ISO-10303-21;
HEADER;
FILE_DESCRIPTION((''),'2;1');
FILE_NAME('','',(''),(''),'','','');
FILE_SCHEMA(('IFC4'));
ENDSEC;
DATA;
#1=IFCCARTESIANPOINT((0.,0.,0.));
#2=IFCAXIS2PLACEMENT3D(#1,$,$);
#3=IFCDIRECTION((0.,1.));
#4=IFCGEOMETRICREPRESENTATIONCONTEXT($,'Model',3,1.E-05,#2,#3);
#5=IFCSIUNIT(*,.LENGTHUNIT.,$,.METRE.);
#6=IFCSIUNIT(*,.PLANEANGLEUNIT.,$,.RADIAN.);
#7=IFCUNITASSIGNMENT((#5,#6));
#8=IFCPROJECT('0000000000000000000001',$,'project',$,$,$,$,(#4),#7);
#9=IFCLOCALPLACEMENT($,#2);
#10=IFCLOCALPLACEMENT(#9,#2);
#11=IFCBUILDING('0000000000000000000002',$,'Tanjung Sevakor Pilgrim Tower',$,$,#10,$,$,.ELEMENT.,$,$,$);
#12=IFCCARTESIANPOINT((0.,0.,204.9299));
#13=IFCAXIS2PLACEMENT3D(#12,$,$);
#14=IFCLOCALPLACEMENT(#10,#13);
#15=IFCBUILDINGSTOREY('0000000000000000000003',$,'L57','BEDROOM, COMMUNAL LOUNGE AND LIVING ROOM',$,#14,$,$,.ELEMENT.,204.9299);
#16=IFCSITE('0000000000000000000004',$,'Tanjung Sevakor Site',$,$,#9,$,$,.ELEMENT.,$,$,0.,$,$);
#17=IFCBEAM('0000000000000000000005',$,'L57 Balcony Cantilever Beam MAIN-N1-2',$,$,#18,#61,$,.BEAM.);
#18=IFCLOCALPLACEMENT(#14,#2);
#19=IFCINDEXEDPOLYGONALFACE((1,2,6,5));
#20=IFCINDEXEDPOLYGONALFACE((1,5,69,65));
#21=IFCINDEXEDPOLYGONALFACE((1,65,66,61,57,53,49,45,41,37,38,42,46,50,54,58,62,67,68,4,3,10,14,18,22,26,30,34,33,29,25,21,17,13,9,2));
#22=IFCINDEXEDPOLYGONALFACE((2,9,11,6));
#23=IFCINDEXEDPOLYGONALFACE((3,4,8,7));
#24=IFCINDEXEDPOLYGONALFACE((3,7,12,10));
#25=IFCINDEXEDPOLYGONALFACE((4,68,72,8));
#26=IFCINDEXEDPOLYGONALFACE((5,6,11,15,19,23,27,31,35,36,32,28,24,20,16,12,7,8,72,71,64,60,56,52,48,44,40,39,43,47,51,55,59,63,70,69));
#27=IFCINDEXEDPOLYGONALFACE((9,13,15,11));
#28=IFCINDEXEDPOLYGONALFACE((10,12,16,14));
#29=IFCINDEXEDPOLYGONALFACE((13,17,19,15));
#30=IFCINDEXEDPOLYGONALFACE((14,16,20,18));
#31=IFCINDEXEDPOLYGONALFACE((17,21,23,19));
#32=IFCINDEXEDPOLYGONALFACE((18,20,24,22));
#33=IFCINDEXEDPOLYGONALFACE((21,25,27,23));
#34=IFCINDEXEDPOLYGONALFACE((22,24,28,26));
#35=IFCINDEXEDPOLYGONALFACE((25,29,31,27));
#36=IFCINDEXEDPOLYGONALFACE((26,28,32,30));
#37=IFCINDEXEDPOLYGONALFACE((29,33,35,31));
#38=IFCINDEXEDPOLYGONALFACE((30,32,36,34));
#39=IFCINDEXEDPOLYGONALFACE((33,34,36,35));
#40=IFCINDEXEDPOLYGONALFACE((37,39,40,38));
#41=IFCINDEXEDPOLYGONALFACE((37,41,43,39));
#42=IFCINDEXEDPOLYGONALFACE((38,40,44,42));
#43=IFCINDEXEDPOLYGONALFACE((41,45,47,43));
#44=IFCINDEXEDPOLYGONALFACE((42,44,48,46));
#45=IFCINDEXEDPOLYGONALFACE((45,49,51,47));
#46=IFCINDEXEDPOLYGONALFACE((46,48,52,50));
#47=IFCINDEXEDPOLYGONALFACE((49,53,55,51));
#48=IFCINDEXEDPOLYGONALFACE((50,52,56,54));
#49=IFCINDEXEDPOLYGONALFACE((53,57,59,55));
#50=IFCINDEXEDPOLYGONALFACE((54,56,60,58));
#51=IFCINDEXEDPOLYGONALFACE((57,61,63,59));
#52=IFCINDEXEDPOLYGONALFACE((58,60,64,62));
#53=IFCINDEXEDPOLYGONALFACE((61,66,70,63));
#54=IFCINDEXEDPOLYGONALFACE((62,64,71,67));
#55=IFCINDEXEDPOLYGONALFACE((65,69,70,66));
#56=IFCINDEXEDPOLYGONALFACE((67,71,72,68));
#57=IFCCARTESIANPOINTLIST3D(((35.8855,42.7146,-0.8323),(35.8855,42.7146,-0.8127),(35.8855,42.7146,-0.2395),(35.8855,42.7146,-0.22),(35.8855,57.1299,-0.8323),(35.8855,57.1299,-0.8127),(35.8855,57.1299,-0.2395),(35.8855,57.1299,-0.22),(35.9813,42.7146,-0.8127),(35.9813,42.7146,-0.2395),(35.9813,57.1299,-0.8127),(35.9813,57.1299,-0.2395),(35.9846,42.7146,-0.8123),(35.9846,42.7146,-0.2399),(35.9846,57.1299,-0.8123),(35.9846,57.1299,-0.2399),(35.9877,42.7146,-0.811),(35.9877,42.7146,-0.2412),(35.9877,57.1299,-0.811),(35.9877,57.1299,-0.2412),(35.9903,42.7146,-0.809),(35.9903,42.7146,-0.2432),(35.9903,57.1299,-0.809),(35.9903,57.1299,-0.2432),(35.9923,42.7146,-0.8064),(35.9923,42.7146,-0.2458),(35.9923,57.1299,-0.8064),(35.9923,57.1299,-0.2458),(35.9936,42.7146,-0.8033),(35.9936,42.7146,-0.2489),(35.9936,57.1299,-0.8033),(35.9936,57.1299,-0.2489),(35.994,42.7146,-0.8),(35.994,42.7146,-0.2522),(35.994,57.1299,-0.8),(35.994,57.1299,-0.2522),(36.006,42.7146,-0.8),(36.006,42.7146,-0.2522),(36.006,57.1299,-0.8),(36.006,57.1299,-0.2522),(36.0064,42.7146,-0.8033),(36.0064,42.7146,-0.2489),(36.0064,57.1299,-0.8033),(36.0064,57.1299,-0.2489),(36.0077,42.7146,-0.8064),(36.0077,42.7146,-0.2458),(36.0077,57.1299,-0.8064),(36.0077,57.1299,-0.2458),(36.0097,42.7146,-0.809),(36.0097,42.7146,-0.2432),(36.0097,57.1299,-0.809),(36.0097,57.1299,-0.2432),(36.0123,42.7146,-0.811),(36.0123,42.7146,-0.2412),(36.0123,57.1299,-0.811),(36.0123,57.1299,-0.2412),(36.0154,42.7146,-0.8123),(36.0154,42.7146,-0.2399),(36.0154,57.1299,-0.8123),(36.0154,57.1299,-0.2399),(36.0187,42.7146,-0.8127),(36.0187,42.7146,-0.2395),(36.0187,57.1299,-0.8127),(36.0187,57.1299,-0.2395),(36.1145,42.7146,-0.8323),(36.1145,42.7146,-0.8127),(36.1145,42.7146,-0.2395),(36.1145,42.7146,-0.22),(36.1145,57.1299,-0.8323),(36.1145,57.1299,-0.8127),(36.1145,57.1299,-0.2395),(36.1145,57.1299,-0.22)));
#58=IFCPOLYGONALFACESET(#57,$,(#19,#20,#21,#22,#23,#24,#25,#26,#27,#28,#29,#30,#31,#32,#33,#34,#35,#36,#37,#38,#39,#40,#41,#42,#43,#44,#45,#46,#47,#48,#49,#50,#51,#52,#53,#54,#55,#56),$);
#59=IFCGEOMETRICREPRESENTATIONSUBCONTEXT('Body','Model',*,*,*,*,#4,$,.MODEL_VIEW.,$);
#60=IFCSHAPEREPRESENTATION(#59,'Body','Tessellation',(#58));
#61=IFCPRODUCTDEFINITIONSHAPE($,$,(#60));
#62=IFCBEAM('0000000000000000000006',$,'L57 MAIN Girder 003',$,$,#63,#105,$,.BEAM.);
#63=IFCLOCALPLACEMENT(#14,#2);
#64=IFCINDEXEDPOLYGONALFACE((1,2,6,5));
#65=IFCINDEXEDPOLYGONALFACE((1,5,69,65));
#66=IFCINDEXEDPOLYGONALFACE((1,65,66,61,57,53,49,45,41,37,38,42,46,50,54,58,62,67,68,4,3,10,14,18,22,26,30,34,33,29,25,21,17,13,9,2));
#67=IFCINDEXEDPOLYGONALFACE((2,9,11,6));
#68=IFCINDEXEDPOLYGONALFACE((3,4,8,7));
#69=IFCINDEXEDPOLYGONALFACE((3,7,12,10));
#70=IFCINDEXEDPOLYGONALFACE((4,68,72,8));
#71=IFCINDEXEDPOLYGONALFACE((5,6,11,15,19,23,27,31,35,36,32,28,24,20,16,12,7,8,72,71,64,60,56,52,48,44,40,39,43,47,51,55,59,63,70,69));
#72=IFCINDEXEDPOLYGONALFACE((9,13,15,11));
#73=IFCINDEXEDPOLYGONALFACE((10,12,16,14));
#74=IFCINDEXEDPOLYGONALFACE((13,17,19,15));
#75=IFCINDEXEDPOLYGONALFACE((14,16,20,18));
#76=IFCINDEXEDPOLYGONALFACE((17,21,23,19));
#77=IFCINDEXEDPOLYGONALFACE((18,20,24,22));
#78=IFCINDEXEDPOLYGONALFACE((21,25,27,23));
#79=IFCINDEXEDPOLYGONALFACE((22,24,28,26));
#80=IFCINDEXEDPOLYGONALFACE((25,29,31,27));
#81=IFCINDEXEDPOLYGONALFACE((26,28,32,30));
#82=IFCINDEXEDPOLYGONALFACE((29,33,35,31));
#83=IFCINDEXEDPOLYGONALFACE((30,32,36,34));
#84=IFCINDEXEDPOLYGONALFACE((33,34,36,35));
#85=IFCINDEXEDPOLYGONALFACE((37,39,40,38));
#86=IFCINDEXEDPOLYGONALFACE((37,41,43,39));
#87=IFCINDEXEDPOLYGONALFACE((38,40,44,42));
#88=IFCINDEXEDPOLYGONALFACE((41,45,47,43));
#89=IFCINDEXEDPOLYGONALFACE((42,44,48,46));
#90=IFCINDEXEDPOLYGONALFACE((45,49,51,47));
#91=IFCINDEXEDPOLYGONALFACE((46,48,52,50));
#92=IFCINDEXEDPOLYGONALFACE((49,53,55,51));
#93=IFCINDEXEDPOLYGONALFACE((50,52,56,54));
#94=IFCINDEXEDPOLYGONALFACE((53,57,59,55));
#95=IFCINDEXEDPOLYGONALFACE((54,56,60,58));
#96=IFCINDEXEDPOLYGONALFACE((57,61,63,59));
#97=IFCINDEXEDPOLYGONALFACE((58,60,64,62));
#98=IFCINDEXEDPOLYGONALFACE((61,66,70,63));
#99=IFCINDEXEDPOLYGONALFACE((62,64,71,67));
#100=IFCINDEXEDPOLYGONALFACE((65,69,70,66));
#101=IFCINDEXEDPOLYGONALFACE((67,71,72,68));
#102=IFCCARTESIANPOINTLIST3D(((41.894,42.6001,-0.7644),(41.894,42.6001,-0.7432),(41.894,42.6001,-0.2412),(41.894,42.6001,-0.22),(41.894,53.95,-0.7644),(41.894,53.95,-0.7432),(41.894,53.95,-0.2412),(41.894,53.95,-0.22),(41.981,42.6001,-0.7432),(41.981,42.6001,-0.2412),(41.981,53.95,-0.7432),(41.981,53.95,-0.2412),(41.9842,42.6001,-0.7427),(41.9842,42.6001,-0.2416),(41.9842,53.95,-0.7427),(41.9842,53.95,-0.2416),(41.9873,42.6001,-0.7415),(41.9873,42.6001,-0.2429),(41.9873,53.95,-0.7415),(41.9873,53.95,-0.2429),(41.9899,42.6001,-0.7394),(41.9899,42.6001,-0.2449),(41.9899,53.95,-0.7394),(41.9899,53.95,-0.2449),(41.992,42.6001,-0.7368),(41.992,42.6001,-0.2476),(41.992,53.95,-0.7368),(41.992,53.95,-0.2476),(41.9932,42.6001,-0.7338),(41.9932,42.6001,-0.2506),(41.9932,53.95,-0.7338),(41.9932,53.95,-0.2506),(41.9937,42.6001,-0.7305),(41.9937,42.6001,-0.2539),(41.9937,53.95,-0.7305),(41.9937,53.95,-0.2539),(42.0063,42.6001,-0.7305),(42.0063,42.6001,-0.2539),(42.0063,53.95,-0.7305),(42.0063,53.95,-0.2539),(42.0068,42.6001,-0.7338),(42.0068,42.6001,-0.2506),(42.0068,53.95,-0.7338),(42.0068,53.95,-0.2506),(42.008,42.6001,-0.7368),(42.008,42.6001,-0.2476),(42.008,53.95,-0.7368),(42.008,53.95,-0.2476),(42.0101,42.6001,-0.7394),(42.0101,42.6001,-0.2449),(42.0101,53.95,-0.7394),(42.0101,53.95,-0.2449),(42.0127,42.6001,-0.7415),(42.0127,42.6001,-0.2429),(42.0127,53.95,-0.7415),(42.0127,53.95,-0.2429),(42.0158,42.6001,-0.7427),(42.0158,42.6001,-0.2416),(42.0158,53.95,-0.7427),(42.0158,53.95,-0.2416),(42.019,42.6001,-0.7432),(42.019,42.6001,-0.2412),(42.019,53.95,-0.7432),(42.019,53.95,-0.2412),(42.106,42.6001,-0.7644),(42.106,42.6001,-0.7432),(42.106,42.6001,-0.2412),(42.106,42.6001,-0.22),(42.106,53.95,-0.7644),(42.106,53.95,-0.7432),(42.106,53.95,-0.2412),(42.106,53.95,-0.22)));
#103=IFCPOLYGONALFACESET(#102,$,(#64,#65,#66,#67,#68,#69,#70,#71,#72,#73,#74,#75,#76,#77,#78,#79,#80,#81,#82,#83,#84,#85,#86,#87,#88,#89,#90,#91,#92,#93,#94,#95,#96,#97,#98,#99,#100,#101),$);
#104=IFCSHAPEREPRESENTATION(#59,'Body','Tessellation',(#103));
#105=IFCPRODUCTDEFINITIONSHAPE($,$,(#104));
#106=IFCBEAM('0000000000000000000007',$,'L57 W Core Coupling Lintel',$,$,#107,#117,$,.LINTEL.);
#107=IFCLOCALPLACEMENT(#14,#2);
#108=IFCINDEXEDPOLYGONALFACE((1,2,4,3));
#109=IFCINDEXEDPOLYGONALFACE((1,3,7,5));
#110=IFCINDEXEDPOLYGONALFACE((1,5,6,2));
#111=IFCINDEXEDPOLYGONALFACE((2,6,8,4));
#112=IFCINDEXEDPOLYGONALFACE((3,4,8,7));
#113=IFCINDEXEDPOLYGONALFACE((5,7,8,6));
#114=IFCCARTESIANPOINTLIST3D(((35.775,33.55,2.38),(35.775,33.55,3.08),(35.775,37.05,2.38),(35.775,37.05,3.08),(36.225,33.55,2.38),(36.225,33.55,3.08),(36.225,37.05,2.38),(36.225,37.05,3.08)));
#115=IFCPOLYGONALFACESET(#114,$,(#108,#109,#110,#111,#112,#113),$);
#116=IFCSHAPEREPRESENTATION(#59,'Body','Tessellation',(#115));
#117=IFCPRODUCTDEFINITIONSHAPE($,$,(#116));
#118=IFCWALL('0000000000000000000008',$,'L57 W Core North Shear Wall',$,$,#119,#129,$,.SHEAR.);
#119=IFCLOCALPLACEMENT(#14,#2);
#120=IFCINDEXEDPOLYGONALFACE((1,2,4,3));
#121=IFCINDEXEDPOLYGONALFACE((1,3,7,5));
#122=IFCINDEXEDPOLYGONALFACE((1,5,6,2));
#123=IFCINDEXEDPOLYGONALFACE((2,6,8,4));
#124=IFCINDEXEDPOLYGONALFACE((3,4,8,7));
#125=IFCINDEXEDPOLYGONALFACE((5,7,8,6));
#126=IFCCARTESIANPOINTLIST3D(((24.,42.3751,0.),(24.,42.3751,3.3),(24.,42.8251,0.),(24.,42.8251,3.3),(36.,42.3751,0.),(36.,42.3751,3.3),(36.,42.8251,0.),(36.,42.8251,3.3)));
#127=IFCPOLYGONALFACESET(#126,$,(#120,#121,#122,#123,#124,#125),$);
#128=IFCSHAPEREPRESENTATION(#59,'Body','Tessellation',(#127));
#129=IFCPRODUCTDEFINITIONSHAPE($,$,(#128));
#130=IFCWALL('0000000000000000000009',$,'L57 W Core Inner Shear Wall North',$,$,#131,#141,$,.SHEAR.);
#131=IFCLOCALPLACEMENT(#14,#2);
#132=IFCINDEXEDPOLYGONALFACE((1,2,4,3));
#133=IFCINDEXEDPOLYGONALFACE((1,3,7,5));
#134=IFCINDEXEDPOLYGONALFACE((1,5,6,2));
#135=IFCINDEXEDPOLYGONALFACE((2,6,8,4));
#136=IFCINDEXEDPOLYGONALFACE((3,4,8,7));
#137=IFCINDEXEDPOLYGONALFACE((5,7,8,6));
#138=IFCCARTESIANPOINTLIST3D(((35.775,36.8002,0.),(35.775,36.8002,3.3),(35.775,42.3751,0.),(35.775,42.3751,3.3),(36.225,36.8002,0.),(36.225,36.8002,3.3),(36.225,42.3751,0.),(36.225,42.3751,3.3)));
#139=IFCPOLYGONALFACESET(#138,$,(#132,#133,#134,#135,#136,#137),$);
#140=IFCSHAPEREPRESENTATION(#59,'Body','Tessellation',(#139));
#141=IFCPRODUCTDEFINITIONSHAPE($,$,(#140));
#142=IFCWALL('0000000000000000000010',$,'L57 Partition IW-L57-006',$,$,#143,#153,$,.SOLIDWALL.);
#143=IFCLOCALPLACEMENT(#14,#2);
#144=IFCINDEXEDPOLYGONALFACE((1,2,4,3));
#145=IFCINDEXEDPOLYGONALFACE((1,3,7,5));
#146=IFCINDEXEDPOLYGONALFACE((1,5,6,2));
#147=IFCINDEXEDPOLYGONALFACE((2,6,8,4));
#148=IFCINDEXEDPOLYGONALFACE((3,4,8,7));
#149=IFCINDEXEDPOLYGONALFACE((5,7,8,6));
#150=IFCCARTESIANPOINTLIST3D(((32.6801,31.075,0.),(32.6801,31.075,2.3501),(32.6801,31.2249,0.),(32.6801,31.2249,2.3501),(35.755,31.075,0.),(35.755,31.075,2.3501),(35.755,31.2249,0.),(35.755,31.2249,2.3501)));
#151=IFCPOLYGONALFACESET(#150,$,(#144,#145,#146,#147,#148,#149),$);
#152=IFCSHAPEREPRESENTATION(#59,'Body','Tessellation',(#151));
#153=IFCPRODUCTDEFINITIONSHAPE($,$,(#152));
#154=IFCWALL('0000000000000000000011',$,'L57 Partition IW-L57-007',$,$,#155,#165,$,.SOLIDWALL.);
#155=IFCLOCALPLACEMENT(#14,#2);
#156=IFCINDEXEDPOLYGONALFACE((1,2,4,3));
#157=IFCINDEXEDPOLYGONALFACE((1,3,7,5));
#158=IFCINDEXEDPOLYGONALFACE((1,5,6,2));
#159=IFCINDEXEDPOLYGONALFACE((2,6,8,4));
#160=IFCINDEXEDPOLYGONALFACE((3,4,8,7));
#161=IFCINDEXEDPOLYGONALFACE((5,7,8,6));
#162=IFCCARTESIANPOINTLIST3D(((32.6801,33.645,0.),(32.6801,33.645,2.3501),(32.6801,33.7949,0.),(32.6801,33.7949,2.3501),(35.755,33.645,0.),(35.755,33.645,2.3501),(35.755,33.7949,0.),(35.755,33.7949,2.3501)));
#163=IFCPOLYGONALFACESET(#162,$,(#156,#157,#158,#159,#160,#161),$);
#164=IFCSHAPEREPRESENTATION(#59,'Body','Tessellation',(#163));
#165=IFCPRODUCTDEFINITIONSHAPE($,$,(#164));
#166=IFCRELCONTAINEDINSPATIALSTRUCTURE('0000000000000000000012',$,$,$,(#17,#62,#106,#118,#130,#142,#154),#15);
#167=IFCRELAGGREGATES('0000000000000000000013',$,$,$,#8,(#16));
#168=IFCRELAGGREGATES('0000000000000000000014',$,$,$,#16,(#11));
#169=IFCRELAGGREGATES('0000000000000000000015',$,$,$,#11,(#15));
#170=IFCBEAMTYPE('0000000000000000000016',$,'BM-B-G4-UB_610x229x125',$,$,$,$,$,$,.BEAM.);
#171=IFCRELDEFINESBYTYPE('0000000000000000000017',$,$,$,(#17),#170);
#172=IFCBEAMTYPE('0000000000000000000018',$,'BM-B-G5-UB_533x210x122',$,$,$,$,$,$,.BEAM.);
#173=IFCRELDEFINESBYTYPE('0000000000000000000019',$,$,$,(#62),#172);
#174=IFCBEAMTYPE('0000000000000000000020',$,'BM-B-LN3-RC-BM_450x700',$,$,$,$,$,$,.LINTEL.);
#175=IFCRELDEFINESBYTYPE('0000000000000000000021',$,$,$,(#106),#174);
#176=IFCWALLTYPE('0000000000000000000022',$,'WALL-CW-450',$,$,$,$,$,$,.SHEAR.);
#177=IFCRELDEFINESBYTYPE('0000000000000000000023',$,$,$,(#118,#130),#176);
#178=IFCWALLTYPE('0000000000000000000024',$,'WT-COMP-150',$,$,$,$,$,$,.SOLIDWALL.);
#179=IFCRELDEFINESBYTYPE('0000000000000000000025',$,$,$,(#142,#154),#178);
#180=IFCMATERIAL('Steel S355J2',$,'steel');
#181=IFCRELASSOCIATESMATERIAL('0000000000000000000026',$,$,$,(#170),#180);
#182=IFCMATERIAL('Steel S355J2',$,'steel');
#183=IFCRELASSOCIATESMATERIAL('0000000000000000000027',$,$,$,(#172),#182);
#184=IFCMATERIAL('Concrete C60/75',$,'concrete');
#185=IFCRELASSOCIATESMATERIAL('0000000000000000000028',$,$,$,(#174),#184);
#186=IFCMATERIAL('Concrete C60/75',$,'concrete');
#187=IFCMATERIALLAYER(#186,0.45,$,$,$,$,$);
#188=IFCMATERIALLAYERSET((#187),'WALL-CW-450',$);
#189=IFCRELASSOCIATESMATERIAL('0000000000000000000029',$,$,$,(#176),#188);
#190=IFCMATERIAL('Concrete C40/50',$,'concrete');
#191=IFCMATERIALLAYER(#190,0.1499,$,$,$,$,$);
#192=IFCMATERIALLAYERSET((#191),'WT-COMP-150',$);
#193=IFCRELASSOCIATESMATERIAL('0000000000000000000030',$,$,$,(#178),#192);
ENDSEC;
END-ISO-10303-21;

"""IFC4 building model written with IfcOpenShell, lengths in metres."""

from ifc_helpers import new_model, si_unit, direction, frame, frame_2d, origin, origin_2d, place, context, subcontext, project, spatial, rectangle, i_section, extrude, material, layer, layer_set, material_profile, profile_set, type_object, element, save


model = new_model("IFC4")

# Units and contexts
model_context = context("Model", 3, precision=1e-05, world=origin(), true_north=direction((0.0, 1.0)))
body_context = subcontext(model_context, "Body", "Model", "MODEL_VIEW")
ifc_project = project(units=[si_unit("LENGTHUNIT", "METRE"), si_unit("PLANEANGLEUNIT", "RADIAN")], contexts=[model_context])

# Site, building, storey
site_placement = place(None, origin())
site = spatial("IfcSite", under=ifc_project, at=site_placement, Name="Tanjung Sevakor Site", CompositionType="ELEMENT", RefElevation=0.0)
building_placement = place(site_placement, origin())
building = spatial("IfcBuilding", under=site, at=building_placement, Name="Tanjung Sevakor Pilgrim Tower", CompositionType="ELEMENT")
storey_placement = place(building_placement, frame((0.0, 0.0, 204.9299)))
storey = spatial("IfcBuildingStorey", under=building, at=storey_placement, Name="L57", Description="BEDROOM, COMMUNAL LOUNGE AND LIVING ROOM", CompositionType="ELEMENT", Elevation=204.9299)

# Beams
ifc_material_1 = material(Name="Steel S355J2", Category="steel")
ifc_material_profile_1 = material_profile(ifc_material_1, i_section(OverallWidth=0.229, OverallDepth=0.6123, WebThickness=0.012, FlangeThickness=0.0195, FilletRadius=0.0127, at=origin_2d()))
ifc_profile_set_1 = profile_set([ifc_material_profile_1], Name="Steel S355J2")
beam_type_1 = type_object("IfcBeamType", Name="BM-B-G4-UB_610x229x125", PredefinedType="BEAM", material=ifc_profile_set_1)
beam_1_placement = place(storey_placement, frame((36.0, 42.7146, -0.5261), z_axis=(0.0, 1.0, 0.0), x_axis=(-1.0, 0.0, 0.0)))
element("IfcBeam", 1, at=beam_1_placement, inside=storey, type_object=beam_type_1, Name="L57 Balcony Cantilever Beam MAIN-N1-2", PredefinedType="BEAM", context=body_context, shape_type="SweptSolid", body=[
    extrude(i_section(OverallWidth=0.229, OverallDepth=0.6123, WebThickness=0.012, FlangeThickness=0.0195, FilletRadius=0.0127, at=origin_2d()), origin(), (0.0, 0.0, 1.0), 14.4153),
])
ifc_material_2 = material(Name="Steel S355J2", Category="steel")
ifc_material_profile_2 = material_profile(ifc_material_2, i_section(OverallWidth=0.2119, OverallDepth=0.5444, WebThickness=0.0127, FlangeThickness=0.0212, FilletRadius=0.0127, at=origin_2d()))
ifc_profile_set_2 = profile_set([ifc_material_profile_2], Name="Steel S355J2")
beam_type_2 = type_object("IfcBeamType", Name="BM-B-G5-UB_533x210x122", PredefinedType="BEAM", material=ifc_profile_set_2)
beam_2_placement = place(storey_placement, frame((42.0, 42.6001, -0.4922), z_axis=(0.0, 1.0, 0.0), x_axis=(-1.0, 0.0, 0.0)))
element("IfcBeam", 2, at=beam_2_placement, inside=storey, type_object=beam_type_2, Name="L57 MAIN Girder 003", PredefinedType="BEAM", context=body_context, shape_type="SweptSolid", body=[
    extrude(i_section(OverallWidth=0.2119, OverallDepth=0.5444, WebThickness=0.0127, FlangeThickness=0.0212, FilletRadius=0.0127, at=origin_2d()), origin(), (0.0, 0.0, 1.0), 11.3499),
])
ifc_material_3 = material(Name="Concrete C60/75", Category="concrete")
ifc_material_profile_3 = material_profile(ifc_material_3, rectangle(XDim=0.45, YDim=0.7, at=origin_2d()))
ifc_profile_set_3 = profile_set([ifc_material_profile_3], Name="Concrete C60/75")
beam_type_3 = type_object("IfcBeamType", Name="BM-B-LN3-RC-BM_450x700", PredefinedType="LINTEL", material=ifc_profile_set_3)
beam_3_placement = place(storey_placement, frame((36.0, 33.55, 2.73), z_axis=(0.0, 1.0, 0.0), x_axis=(-1.0, 0.0, 0.0)))
element("IfcBeam", 3, at=beam_3_placement, inside=storey, type_object=beam_type_3, Name="L57 W Core Coupling Lintel", PredefinedType="LINTEL", context=body_context, shape_type="SweptSolid", body=[
    extrude(rectangle(XDim=0.45, YDim=0.7, at=origin_2d()), origin(), (0.0, 0.0, 1.0), 3.5),
])

# Walls
ifc_material_4 = material(Name="Concrete C60/75", Category="concrete")
ifc_layer_1 = layer(ifc_material_4, 0.45)
ifc_layer_set_1 = layer_set([ifc_layer_1], Name="WALL-CW-450")
wall_type_1 = type_object("IfcWallType", Name="WALL-CW-450", PredefinedType="SHEAR", material=ifc_layer_set_1)
wall_1_placement = place(storey_placement, frame((36.0, 42.6001, 0.0), z_axis=(0.0, 0.0, 1.0), x_axis=(-1.0, 0.0, 0.0)))
element("IfcWall", 4, at=wall_1_placement, inside=storey, type_object=wall_type_1, Name="L57 W Core North Shear Wall", PredefinedType="SHEAR", context=body_context, shape_type="SweptSolid", body=[
    extrude(rectangle(XDim=12.0, YDim=0.45, at=frame_2d((6.0, 0.0))), origin(), (0.0, 0.0, 1.0), 3.3),
])
wall_2_placement = place(storey_placement, frame((36.0, 36.8, 0.0), z_axis=(0.0, 0.0, 1.0), x_axis=(0.0, 1.0, 0.0)))
element("IfcWall", 5, at=wall_2_placement, inside=storey, type_object=wall_type_1, Name="L57 W Core Inner Shear Wall North", PredefinedType="SHEAR", context=body_context, shape_type="SweptSolid", body=[
    extrude(rectangle(XDim=5.575, YDim=0.45, at=frame_2d((2.7876, 0.0))), origin(), (0.0, 0.0, 1.0), 3.3),
])
ifc_material_5 = material(Name="Concrete C40/50", Category="concrete")
ifc_layer_2 = layer(ifc_material_5, 0.1499)
ifc_layer_set_2 = layer_set([ifc_layer_2], Name="WT-COMP-150")
wall_type_2 = type_object("IfcWallType", Name="WT-COMP-150", PredefinedType="SOLIDWALL", material=ifc_layer_set_2)
for number, where, z_axis, x_axis, name in (
    (6, (32.6799, 31.1499, 0.0), (0.0, 0.0, 1.0), (1.0, 0.0, 0.0), "L57 Partition IW-L57-006"),
    (7, (32.6799, 33.72, 0.0), (0.0, 0.0, 1.0), (1.0, 0.0, 0.0), "L57 Partition IW-L57-007"),
):
    element("IfcWall", number, at=place(storey_placement, frame(where, z_axis=z_axis, x_axis=x_axis)), inside=storey, type_object=wall_type_2, Name=name, PredefinedType="SOLIDWALL", context=body_context, shape_type="SweptSolid", body=[
        extrude(rectangle(XDim=3.075, YDim=0.1499, at=frame_2d((1.5376, 0.0))), origin(), (0.0, 0.0, 1.0), 2.3501),
    ])

save(model, "model.ifc")
